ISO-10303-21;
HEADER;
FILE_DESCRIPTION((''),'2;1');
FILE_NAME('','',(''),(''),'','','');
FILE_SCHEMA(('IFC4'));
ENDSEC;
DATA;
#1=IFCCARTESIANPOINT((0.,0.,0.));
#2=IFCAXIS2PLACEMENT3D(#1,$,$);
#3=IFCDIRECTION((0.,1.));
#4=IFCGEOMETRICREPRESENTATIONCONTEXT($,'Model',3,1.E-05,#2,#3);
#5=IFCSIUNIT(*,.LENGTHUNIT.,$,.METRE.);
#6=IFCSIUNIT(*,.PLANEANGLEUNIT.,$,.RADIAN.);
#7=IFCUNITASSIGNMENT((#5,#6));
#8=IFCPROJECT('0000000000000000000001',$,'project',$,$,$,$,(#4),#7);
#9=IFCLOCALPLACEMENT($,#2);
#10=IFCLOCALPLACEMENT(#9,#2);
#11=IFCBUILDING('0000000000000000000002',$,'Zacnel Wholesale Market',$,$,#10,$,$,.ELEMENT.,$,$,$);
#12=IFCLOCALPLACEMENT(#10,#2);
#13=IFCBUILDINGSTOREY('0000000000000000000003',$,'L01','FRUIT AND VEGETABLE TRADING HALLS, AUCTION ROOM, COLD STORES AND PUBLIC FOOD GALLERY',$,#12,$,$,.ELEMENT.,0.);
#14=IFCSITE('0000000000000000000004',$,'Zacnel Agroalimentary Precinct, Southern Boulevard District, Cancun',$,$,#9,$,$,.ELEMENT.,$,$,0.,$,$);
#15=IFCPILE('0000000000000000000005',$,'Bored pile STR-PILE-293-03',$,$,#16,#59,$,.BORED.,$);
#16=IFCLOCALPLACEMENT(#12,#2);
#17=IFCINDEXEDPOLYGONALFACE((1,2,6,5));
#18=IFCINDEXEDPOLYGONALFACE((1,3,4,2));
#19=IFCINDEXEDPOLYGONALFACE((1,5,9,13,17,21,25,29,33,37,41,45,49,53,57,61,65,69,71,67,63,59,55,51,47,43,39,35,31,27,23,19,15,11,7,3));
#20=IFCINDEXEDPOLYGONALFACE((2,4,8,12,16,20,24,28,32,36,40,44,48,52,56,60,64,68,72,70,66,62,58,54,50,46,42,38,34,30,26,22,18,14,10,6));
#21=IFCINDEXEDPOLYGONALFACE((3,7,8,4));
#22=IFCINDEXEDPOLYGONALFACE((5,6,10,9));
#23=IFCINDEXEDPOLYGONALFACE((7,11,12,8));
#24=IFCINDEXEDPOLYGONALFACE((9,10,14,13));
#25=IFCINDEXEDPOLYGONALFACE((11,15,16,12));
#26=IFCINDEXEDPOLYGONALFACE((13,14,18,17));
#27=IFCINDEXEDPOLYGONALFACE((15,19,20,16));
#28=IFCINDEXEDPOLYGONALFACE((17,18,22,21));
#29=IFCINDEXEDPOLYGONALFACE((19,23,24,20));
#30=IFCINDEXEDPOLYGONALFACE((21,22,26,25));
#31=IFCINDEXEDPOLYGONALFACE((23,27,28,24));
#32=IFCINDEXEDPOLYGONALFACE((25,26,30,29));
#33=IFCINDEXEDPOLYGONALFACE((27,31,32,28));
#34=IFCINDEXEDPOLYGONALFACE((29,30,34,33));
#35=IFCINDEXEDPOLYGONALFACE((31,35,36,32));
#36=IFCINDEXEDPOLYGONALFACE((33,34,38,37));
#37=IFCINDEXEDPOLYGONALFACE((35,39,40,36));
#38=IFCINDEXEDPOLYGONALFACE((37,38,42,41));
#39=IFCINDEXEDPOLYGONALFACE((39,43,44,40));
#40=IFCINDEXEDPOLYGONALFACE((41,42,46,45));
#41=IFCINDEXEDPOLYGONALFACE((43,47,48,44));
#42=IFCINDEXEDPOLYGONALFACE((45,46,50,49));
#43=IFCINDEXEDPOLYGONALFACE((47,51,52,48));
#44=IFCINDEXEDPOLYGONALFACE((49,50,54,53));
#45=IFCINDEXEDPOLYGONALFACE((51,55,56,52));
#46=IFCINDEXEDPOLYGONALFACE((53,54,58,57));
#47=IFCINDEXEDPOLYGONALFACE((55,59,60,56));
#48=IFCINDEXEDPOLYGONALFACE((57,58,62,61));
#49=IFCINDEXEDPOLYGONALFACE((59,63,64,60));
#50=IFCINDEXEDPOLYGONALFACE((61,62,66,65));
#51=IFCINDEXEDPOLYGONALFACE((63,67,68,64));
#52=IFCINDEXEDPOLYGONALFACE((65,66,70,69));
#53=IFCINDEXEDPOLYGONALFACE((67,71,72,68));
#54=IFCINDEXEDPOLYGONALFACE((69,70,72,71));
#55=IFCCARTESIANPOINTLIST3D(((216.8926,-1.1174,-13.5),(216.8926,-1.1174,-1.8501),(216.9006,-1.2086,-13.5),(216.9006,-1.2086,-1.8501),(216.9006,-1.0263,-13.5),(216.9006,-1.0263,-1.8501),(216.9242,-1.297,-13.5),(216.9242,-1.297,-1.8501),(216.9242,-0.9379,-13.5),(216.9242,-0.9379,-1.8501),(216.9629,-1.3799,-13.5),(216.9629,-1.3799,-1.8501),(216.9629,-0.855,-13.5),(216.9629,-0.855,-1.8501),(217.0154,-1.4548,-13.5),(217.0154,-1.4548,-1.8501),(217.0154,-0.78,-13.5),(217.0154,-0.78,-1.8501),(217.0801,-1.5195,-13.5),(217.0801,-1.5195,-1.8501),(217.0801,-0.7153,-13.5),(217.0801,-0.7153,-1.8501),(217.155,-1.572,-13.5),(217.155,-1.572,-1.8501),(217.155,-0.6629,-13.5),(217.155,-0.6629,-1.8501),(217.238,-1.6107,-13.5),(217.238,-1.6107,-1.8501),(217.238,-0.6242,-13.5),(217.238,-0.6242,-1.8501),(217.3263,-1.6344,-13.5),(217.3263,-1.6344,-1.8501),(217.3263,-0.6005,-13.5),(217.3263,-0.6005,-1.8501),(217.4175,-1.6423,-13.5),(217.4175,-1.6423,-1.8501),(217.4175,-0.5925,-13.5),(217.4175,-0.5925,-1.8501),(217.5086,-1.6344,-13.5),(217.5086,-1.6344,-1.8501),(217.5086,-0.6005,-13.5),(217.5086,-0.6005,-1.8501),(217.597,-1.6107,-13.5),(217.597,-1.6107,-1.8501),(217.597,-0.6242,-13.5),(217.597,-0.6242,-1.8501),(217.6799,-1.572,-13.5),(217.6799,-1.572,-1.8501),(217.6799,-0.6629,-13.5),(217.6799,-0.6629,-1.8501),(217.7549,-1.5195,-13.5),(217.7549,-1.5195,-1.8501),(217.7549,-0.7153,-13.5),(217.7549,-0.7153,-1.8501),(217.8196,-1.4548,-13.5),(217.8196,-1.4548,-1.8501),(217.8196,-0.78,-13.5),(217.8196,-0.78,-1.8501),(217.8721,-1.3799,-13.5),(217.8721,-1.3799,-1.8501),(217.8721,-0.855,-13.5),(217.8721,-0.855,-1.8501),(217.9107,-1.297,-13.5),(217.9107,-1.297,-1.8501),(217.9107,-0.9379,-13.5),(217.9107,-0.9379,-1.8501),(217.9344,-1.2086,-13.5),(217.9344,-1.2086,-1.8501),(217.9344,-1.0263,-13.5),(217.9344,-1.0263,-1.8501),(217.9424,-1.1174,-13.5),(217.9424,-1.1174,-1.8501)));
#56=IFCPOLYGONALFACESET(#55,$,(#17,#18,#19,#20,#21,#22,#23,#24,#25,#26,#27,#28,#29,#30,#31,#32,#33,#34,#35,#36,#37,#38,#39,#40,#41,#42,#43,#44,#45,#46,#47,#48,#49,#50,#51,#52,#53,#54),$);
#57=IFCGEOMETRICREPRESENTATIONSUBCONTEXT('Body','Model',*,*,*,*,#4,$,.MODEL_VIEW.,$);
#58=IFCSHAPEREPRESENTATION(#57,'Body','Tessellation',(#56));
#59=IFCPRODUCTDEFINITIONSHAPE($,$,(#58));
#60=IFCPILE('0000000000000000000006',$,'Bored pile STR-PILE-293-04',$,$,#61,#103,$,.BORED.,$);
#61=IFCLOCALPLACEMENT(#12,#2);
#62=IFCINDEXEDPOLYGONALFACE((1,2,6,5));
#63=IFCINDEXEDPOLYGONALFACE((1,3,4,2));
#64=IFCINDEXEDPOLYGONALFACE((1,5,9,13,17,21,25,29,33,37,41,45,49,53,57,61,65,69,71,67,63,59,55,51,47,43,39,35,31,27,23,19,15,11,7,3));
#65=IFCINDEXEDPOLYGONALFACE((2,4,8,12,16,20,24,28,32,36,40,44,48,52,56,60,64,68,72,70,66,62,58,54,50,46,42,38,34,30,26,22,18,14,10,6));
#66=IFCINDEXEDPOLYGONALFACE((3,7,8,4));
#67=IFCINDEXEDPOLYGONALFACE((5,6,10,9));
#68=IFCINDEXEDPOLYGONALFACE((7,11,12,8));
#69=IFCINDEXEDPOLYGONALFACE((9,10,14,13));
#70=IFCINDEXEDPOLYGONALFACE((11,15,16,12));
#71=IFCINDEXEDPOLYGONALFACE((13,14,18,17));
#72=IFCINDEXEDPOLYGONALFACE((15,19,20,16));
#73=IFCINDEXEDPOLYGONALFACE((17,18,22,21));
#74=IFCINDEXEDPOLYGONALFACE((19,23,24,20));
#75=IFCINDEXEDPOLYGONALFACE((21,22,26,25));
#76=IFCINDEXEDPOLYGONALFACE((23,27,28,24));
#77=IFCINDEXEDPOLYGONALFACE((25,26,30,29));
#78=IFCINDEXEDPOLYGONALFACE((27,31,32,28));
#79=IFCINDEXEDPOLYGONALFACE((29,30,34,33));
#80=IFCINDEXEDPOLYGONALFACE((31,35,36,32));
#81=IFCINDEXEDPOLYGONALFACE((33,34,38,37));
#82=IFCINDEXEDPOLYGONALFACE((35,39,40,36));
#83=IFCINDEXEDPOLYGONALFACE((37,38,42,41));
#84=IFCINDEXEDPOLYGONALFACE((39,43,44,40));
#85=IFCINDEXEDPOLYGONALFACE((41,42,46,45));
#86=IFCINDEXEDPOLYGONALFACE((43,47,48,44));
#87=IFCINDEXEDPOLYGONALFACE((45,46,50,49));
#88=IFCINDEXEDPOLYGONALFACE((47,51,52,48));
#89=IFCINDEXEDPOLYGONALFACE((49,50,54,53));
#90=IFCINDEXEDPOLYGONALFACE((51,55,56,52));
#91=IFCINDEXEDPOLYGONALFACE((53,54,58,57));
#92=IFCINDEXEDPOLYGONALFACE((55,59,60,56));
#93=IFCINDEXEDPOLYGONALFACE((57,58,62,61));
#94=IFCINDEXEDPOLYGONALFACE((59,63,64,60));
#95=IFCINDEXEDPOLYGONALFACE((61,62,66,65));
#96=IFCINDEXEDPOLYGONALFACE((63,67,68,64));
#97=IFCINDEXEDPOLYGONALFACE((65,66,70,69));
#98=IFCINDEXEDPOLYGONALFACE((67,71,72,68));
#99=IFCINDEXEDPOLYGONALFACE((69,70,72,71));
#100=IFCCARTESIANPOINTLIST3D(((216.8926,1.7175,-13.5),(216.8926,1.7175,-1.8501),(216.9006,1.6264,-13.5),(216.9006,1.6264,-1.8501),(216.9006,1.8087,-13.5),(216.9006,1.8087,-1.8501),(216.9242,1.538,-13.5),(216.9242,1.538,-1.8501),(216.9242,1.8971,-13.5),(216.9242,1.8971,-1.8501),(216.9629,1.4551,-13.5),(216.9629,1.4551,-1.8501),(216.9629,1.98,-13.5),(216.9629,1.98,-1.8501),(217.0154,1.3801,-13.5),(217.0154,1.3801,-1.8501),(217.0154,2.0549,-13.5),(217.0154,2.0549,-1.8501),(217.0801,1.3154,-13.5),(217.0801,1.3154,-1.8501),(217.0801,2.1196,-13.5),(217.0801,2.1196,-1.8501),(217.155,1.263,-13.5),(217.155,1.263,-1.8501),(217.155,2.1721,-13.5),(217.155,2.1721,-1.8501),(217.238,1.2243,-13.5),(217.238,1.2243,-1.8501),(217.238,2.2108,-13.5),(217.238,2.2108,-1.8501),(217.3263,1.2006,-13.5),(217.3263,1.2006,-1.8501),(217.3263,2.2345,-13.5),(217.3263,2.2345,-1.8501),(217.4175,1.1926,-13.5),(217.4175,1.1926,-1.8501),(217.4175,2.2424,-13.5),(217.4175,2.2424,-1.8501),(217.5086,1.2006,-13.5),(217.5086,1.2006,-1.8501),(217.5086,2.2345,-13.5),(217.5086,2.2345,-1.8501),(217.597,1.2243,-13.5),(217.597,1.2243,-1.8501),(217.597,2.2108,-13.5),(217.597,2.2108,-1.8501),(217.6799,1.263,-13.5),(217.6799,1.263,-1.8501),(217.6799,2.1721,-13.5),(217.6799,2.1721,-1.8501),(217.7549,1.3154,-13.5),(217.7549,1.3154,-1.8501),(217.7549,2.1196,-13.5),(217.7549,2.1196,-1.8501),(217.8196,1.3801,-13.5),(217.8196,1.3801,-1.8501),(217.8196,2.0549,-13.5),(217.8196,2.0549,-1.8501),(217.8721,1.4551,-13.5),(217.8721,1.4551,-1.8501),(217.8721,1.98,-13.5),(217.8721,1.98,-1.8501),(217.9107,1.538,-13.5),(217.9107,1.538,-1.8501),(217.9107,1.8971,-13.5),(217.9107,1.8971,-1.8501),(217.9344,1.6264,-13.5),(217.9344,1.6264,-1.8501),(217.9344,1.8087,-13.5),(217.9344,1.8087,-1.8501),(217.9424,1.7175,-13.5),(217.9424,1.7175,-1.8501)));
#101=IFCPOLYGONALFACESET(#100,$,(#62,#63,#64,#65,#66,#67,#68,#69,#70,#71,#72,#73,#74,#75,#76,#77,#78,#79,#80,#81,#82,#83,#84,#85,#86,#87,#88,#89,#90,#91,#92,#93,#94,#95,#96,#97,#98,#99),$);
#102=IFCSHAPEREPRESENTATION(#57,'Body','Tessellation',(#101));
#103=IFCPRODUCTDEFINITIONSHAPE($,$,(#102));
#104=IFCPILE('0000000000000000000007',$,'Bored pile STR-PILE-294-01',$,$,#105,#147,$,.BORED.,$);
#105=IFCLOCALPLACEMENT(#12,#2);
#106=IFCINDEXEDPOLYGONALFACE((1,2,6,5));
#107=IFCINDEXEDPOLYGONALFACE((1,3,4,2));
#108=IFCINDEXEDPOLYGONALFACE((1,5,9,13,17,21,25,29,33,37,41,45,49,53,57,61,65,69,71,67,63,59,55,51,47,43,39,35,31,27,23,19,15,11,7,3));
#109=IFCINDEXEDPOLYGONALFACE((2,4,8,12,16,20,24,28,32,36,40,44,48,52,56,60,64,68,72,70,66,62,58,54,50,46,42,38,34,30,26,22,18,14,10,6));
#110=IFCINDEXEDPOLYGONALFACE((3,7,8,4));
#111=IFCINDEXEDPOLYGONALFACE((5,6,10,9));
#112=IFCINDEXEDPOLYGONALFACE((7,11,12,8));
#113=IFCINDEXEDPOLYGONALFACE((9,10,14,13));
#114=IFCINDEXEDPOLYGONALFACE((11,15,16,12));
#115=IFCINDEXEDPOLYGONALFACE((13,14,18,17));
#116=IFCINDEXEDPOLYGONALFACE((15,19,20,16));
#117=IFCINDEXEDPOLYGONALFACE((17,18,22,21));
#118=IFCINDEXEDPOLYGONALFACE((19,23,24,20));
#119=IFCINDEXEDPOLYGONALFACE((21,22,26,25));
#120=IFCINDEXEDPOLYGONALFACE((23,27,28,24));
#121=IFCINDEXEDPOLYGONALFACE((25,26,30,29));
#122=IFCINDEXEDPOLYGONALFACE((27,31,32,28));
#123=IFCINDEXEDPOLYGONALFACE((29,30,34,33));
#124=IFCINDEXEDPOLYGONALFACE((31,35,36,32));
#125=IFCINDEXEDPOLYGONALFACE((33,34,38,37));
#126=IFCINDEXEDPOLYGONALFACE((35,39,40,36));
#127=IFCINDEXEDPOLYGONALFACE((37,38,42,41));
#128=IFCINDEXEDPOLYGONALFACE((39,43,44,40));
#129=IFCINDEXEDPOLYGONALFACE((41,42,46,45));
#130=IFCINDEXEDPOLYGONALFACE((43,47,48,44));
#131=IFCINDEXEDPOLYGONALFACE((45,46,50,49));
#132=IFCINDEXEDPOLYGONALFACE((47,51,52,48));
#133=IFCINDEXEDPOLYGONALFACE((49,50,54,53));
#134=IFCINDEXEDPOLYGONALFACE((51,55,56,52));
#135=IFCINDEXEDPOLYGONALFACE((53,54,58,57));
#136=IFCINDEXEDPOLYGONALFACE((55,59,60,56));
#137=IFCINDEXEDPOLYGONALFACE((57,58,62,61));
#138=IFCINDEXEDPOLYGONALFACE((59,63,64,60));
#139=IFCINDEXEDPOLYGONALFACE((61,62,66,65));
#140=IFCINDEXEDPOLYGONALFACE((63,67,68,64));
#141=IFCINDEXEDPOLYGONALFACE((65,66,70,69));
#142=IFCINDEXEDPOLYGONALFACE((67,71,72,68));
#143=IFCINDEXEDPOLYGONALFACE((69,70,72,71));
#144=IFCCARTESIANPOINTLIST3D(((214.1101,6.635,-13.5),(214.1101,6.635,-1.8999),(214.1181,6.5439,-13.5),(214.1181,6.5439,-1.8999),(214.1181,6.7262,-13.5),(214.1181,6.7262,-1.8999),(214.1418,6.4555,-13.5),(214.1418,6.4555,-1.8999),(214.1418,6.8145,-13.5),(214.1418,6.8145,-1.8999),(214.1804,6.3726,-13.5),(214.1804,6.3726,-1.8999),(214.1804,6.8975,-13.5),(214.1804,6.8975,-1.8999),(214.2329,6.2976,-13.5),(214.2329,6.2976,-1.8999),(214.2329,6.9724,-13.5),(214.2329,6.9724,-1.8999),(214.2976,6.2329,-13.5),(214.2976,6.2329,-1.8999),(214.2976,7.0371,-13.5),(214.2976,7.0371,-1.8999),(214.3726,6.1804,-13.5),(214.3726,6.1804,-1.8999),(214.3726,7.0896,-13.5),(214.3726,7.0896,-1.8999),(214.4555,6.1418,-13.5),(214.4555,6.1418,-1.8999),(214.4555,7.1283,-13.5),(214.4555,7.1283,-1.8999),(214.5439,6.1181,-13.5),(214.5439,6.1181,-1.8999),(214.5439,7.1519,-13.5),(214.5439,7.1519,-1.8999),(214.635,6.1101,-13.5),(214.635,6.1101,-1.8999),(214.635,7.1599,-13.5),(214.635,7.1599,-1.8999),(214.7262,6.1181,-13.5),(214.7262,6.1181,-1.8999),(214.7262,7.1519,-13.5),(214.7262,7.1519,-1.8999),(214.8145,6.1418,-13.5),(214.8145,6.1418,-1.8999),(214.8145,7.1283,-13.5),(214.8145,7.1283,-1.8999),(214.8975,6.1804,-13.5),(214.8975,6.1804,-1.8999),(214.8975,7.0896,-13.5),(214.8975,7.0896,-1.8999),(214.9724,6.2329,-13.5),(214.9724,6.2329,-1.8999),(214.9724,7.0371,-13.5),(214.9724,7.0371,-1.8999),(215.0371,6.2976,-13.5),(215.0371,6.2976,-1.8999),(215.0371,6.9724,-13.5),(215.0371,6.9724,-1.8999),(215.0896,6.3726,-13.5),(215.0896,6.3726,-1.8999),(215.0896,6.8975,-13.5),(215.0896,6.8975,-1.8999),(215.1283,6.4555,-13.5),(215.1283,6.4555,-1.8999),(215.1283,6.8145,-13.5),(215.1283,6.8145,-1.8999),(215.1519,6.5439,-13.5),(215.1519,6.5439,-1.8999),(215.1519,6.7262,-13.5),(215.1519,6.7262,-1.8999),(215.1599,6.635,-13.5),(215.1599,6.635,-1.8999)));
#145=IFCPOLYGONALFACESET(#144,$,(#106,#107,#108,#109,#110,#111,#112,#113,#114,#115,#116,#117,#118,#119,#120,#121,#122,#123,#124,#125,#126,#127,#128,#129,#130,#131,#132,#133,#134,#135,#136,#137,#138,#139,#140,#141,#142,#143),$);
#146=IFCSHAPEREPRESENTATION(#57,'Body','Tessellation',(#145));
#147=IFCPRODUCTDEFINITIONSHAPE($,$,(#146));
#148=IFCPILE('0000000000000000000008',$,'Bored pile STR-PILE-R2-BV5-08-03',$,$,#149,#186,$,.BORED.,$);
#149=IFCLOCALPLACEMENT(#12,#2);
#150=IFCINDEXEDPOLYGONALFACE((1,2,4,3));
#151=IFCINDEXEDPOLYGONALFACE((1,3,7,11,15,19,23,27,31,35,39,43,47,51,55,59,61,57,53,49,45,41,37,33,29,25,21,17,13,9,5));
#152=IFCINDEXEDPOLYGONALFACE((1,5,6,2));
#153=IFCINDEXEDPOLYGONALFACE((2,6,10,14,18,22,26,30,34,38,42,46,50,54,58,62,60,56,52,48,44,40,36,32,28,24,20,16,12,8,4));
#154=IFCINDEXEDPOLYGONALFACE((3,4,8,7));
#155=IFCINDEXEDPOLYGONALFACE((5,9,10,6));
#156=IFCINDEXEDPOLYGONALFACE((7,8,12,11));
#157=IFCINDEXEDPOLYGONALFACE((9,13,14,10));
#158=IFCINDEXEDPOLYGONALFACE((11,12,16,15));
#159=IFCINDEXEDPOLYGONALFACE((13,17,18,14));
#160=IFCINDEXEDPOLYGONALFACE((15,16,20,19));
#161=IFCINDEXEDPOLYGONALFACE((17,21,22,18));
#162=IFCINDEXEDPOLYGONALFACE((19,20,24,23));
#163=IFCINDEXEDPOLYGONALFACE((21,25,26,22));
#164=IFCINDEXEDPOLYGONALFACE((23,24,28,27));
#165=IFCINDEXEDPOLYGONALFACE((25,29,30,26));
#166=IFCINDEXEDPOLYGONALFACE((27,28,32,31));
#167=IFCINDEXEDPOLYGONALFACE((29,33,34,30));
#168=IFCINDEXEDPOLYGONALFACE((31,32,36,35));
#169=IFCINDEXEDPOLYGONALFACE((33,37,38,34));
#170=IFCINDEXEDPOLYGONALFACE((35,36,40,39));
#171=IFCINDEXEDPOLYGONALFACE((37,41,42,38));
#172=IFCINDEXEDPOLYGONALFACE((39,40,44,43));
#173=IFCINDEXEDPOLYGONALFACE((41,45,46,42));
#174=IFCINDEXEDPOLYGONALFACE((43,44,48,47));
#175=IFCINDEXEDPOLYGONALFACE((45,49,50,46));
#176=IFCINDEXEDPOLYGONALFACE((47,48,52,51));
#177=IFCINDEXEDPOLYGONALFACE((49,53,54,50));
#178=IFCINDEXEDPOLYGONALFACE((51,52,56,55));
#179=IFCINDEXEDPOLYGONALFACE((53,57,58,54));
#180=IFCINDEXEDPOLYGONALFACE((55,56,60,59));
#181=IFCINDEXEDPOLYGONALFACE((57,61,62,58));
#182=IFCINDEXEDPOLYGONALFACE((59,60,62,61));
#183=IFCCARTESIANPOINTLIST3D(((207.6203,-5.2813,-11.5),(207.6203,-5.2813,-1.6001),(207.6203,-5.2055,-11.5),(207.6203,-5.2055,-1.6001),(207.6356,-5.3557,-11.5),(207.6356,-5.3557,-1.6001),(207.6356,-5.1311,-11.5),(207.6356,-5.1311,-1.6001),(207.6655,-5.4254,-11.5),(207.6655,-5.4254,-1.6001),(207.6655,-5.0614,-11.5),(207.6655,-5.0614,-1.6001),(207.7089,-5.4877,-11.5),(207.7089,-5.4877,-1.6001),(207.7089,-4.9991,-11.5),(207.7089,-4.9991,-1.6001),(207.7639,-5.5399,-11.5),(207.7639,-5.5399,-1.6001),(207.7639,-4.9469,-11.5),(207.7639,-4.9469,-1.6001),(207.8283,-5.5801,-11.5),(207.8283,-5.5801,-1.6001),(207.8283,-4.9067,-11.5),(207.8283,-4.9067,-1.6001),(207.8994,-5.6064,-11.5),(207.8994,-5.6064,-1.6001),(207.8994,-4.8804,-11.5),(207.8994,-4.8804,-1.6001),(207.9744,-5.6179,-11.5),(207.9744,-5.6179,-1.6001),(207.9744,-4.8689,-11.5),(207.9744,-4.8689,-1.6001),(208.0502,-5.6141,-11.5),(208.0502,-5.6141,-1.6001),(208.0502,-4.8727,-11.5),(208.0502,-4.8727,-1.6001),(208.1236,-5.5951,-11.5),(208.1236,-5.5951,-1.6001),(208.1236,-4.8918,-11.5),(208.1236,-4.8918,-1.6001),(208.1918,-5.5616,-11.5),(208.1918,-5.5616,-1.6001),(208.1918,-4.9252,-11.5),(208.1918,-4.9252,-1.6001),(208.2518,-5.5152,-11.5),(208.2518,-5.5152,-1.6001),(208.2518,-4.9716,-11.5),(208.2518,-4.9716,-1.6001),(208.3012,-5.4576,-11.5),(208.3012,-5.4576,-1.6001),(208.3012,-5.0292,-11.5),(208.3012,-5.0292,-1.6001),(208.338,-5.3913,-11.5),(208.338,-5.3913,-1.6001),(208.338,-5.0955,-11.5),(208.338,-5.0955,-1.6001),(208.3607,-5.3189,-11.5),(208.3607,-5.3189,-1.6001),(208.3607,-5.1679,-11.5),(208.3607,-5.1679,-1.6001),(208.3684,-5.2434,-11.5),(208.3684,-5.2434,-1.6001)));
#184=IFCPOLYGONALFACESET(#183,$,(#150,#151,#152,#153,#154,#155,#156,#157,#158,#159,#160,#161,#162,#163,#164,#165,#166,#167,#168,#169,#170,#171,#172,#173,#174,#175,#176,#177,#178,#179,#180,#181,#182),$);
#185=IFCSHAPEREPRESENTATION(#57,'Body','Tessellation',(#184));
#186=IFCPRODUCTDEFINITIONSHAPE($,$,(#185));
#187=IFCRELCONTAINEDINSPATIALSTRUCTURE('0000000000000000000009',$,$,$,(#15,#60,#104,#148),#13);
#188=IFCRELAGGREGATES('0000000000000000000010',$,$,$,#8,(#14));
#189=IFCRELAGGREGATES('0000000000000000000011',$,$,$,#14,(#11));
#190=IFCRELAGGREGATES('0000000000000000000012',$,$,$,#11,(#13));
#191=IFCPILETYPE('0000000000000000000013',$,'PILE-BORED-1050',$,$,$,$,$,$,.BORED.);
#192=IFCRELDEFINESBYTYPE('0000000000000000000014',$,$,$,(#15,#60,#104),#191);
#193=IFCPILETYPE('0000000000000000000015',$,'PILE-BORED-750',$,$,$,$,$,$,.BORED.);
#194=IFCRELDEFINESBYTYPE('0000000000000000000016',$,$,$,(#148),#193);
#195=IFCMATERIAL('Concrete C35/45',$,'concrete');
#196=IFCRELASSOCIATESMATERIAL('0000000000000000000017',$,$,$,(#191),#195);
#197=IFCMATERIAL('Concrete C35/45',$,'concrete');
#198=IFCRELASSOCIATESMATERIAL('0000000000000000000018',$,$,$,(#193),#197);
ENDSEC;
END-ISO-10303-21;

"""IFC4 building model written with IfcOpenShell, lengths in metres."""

from ifc_helpers import new_model, si_unit, direction, frame, origin, origin_2d, place, context, subcontext, project, spatial, circle, extrude, material, material_profile, profile_set, type_object, element, save


model = new_model("IFC4")

# Units and contexts
model_context = context("Model", 3, precision=1e-05, world=origin(), true_north=direction((0.0, 1.0)))
body_context = subcontext(model_context, "Body", "Model", "MODEL_VIEW")
ifc_project = project(units=[si_unit("LENGTHUNIT", "METRE"), si_unit("PLANEANGLEUNIT", "RADIAN")], contexts=[model_context])

# Site, building, storey
site_placement = place(None, origin())
site = spatial("IfcSite", under=ifc_project, at=site_placement, Name="Zacnel Agroalimentary Precinct, Southern Boulevard District, Cancun", CompositionType="ELEMENT", RefElevation=0.0)
building_placement = place(site_placement, origin())
building = spatial("IfcBuilding", under=site, at=building_placement, Name="Zacnel Wholesale Market", CompositionType="ELEMENT")
storey_placement = place(building_placement, origin())
storey = spatial("IfcBuildingStorey", under=building, at=storey_placement, Name="L01", Description="FRUIT AND VEGETABLE TRADING HALLS, AUCTION ROOM, COLD STORES AND PUBLIC FOOD GALLERY", CompositionType="ELEMENT", Elevation=0.0)

# Piles
ifc_material_1 = material(Name="Concrete C35/45", Category="concrete")
ifc_material_profile_1 = material_profile(ifc_material_1, circle(Radius=0.5249, at=origin_2d()), Name="BORED PILE D1050")
ifc_profile_set_1 = profile_set([ifc_material_profile_1], Name="Concrete C35/45")
pile_type_1 = type_object("IfcPileType", Name="PILE-BORED-1050", PredefinedType="BORED", material=ifc_profile_set_1)
for number, where, z_axis, x_axis, name in (
    (1, (217.4175, -1.1174, -1.8501), (0.0, 0.0, -1.0), (1.0, 0.0, 0.0), "Bored pile STR-PILE-293-03"),
    (2, (217.4175, 1.7175, -1.8501), (0.0, 0.0, -1.0), (1.0, 0.0, 0.0), "Bored pile STR-PILE-293-04"),
):
    element("IfcPile", number, at=place(storey_placement, frame(where, z_axis=z_axis, x_axis=x_axis)), inside=storey, type_object=pile_type_1, Name=name, PredefinedType="BORED", context=body_context, shape_type="SweptSolid", body=[
        extrude(circle(Radius=0.5249, at=origin_2d()), origin(), (0.0, 0.0, 1.0), 11.6499),
    ])
pile_1_placement = place(storey_placement, frame((214.635, 6.635, -1.8999), z_axis=(0.0, 0.0, -1.0), x_axis=(1.0, 0.0, 0.0)))
element("IfcPile", 3, at=pile_1_placement, inside=storey, type_object=pile_type_1, Name="Bored pile STR-PILE-294-01", PredefinedType="BORED", context=body_context, shape_type="SweptSolid", body=[
    extrude(circle(Radius=0.5249, at=origin_2d()), origin(), (0.0, 0.0, 1.0), 11.6001),
])
ifc_material_2 = material(Name="Concrete C35/45", Category="concrete")
ifc_material_profile_2 = material_profile(ifc_material_2, circle(Radius=0.375, at=origin_2d()), Name="BORED PILE D750")
ifc_profile_set_2 = profile_set([ifc_material_profile_2], Name="Concrete C35/45")
pile_type_2 = type_object("IfcPileType", Name="PILE-BORED-750", PredefinedType="BORED", material=ifc_profile_set_2)
for number, where, z_axis, x_axis, name in (
    (4, (207.9934, -5.2434, -1.6001), (0.0, 0.0, -1.0), (1.0, 0.0, 0.0), "Bored pile STR-PILE-R2-BV5-08-03"),
):
    element("IfcPile", number, at=place(storey_placement, frame(where, z_axis=z_axis, x_axis=x_axis)), inside=storey, type_object=pile_type_2, Name=name, PredefinedType="BORED", context=body_context, shape_type="SweptSolid", body=[
        extrude(circle(Radius=0.375, at=origin_2d()), origin(), (0.0, 0.0, 1.0), 9.8999),
    ])

save(model, "model.ifc")
